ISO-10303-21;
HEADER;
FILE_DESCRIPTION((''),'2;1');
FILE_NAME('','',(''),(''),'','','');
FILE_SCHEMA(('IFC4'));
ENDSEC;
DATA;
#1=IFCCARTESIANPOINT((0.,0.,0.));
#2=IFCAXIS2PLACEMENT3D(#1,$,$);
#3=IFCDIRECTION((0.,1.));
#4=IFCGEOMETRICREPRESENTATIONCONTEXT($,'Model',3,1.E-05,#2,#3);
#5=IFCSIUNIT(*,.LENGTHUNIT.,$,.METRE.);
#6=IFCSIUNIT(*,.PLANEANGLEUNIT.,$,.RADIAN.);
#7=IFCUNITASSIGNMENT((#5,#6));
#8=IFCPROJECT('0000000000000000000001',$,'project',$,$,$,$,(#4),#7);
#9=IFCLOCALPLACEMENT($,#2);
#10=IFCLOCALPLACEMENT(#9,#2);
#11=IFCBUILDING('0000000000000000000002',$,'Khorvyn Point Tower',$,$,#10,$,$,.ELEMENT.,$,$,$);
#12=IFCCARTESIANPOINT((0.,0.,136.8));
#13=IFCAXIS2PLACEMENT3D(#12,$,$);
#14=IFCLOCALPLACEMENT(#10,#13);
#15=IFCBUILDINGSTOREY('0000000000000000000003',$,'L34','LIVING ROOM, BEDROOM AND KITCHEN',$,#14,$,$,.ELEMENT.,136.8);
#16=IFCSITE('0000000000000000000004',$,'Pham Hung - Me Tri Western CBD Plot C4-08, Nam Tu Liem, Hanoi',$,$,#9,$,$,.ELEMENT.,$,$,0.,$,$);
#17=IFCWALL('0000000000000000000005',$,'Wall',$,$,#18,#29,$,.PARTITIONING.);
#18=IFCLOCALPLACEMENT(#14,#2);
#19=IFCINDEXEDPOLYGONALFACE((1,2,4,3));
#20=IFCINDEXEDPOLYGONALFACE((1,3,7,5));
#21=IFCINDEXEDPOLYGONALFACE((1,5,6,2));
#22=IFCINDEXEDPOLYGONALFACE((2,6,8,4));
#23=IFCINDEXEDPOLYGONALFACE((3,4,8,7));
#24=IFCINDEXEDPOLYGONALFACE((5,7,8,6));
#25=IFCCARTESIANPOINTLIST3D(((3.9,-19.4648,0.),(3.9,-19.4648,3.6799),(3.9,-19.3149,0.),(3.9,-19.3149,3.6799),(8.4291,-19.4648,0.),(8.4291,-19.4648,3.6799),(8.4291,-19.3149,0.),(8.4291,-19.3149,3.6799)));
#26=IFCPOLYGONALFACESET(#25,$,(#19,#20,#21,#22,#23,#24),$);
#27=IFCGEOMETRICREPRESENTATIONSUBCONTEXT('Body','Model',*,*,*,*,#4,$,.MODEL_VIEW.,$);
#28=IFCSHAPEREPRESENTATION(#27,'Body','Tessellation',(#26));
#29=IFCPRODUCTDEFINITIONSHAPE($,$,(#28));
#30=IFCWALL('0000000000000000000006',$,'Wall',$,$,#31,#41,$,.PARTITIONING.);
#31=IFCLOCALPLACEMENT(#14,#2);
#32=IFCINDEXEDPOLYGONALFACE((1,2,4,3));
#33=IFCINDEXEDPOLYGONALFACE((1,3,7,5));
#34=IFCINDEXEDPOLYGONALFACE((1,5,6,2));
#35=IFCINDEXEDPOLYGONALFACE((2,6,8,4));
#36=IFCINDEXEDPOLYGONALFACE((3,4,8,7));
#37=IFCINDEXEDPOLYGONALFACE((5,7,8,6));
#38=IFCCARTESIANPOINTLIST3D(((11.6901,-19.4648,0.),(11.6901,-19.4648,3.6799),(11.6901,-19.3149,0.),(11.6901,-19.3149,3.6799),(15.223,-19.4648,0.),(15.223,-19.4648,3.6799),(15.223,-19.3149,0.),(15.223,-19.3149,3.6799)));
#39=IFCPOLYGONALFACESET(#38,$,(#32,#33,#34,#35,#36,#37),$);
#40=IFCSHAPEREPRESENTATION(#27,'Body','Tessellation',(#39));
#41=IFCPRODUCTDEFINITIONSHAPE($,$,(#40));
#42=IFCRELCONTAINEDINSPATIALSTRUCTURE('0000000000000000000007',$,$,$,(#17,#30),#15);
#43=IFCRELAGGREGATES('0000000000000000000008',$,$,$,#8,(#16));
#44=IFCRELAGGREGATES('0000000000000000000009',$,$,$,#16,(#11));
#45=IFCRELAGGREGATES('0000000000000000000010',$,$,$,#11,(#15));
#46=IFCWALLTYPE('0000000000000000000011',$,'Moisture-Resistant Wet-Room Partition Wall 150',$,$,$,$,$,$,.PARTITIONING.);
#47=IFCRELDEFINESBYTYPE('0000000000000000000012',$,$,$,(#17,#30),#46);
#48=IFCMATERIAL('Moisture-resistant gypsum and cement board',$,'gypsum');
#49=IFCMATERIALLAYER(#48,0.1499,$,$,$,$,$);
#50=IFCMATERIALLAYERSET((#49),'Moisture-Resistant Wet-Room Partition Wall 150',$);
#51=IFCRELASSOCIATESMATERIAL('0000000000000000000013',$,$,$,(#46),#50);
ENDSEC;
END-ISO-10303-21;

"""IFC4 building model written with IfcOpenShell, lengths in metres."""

from ifc_helpers import new_model, si_unit, direction, frame, frame_2d, origin, place, context, subcontext, project, spatial, rectangle, extrude, material, layer, layer_set, type_object, element, save


model = new_model("IFC4")

# Units and contexts
model_context = context("Model", 3, precision=1e-05, world=origin(), true_north=direction((0.0, 1.0)))
body_context = subcontext(model_context, "Body", "Model", "MODEL_VIEW")
ifc_project = project(units=[si_unit("LENGTHUNIT", "METRE"), si_unit("PLANEANGLEUNIT", "RADIAN")], contexts=[model_context])

# Site, building, storey
site_placement = place(None, origin())
site = spatial("IfcSite", under=ifc_project, at=site_placement, Name="Pham Hung - Me Tri Western CBD Plot C4-08, Nam Tu Liem, Hanoi", CompositionType="ELEMENT", RefElevation=0.0)
building_placement = place(site_placement, origin())
building = spatial("IfcBuilding", under=site, at=building_placement, Name="Khorvyn Point Tower", CompositionType="ELEMENT")
storey_placement = place(building_placement, frame((0.0, 0.0, 136.8)))
storey = spatial("IfcBuildingStorey", under=building, at=storey_placement, Name="L34", Description="LIVING ROOM, BEDROOM AND KITCHEN", CompositionType="ELEMENT", Elevation=136.8)

# Shared definitions
ifc_material_1 = material(Name="Moisture-resistant gypsum and cement board", Category="gypsum")
ifc_layer_1 = layer(ifc_material_1, 0.1499)
ifc_layer_set_1 = layer_set([ifc_layer_1], Name="Moisture-Resistant Wet-Room Partition Wall 150")
wall_type_1 = type_object("IfcWallType", Name="Moisture-Resistant Wet-Room Partition Wall 150", PredefinedType="PARTITIONING", material=ifc_layer_set_1)

# Walls
wall_1_placement = place(storey_placement, frame((3.8999, -19.3899, 0.0), z_axis=(0.0, 0.0, 1.0), x_axis=(1.0, 0.0, 0.0)))
element("IfcWall", 1, at=wall_1_placement, inside=storey, type_object=wall_type_1, Name="Wall", PredefinedType="PARTITIONING", context=body_context, shape_type="SweptSolid", body=[
    extrude(rectangle(XDim=4.5291, YDim=0.1499, at=frame_2d((2.2646, 0.0))), origin(), (0.0, 0.0, 1.0), 3.6799),
])
wall_2_placement = place(storey_placement, frame((11.6899, -19.3899, 0.0), z_axis=(0.0, 0.0, 1.0), x_axis=(1.0, 0.0, 0.0)))
element("IfcWall", 2, at=wall_2_placement, inside=storey, type_object=wall_type_1, Name="Wall", PredefinedType="PARTITIONING", context=body_context, shape_type="SweptSolid", body=[
    extrude(rectangle(XDim=3.533, YDim=0.1499, at=frame_2d((1.7666, 0.0))), origin(), (0.0, 0.0, 1.0), 3.6799),
])

save(model, "model.ifc")
